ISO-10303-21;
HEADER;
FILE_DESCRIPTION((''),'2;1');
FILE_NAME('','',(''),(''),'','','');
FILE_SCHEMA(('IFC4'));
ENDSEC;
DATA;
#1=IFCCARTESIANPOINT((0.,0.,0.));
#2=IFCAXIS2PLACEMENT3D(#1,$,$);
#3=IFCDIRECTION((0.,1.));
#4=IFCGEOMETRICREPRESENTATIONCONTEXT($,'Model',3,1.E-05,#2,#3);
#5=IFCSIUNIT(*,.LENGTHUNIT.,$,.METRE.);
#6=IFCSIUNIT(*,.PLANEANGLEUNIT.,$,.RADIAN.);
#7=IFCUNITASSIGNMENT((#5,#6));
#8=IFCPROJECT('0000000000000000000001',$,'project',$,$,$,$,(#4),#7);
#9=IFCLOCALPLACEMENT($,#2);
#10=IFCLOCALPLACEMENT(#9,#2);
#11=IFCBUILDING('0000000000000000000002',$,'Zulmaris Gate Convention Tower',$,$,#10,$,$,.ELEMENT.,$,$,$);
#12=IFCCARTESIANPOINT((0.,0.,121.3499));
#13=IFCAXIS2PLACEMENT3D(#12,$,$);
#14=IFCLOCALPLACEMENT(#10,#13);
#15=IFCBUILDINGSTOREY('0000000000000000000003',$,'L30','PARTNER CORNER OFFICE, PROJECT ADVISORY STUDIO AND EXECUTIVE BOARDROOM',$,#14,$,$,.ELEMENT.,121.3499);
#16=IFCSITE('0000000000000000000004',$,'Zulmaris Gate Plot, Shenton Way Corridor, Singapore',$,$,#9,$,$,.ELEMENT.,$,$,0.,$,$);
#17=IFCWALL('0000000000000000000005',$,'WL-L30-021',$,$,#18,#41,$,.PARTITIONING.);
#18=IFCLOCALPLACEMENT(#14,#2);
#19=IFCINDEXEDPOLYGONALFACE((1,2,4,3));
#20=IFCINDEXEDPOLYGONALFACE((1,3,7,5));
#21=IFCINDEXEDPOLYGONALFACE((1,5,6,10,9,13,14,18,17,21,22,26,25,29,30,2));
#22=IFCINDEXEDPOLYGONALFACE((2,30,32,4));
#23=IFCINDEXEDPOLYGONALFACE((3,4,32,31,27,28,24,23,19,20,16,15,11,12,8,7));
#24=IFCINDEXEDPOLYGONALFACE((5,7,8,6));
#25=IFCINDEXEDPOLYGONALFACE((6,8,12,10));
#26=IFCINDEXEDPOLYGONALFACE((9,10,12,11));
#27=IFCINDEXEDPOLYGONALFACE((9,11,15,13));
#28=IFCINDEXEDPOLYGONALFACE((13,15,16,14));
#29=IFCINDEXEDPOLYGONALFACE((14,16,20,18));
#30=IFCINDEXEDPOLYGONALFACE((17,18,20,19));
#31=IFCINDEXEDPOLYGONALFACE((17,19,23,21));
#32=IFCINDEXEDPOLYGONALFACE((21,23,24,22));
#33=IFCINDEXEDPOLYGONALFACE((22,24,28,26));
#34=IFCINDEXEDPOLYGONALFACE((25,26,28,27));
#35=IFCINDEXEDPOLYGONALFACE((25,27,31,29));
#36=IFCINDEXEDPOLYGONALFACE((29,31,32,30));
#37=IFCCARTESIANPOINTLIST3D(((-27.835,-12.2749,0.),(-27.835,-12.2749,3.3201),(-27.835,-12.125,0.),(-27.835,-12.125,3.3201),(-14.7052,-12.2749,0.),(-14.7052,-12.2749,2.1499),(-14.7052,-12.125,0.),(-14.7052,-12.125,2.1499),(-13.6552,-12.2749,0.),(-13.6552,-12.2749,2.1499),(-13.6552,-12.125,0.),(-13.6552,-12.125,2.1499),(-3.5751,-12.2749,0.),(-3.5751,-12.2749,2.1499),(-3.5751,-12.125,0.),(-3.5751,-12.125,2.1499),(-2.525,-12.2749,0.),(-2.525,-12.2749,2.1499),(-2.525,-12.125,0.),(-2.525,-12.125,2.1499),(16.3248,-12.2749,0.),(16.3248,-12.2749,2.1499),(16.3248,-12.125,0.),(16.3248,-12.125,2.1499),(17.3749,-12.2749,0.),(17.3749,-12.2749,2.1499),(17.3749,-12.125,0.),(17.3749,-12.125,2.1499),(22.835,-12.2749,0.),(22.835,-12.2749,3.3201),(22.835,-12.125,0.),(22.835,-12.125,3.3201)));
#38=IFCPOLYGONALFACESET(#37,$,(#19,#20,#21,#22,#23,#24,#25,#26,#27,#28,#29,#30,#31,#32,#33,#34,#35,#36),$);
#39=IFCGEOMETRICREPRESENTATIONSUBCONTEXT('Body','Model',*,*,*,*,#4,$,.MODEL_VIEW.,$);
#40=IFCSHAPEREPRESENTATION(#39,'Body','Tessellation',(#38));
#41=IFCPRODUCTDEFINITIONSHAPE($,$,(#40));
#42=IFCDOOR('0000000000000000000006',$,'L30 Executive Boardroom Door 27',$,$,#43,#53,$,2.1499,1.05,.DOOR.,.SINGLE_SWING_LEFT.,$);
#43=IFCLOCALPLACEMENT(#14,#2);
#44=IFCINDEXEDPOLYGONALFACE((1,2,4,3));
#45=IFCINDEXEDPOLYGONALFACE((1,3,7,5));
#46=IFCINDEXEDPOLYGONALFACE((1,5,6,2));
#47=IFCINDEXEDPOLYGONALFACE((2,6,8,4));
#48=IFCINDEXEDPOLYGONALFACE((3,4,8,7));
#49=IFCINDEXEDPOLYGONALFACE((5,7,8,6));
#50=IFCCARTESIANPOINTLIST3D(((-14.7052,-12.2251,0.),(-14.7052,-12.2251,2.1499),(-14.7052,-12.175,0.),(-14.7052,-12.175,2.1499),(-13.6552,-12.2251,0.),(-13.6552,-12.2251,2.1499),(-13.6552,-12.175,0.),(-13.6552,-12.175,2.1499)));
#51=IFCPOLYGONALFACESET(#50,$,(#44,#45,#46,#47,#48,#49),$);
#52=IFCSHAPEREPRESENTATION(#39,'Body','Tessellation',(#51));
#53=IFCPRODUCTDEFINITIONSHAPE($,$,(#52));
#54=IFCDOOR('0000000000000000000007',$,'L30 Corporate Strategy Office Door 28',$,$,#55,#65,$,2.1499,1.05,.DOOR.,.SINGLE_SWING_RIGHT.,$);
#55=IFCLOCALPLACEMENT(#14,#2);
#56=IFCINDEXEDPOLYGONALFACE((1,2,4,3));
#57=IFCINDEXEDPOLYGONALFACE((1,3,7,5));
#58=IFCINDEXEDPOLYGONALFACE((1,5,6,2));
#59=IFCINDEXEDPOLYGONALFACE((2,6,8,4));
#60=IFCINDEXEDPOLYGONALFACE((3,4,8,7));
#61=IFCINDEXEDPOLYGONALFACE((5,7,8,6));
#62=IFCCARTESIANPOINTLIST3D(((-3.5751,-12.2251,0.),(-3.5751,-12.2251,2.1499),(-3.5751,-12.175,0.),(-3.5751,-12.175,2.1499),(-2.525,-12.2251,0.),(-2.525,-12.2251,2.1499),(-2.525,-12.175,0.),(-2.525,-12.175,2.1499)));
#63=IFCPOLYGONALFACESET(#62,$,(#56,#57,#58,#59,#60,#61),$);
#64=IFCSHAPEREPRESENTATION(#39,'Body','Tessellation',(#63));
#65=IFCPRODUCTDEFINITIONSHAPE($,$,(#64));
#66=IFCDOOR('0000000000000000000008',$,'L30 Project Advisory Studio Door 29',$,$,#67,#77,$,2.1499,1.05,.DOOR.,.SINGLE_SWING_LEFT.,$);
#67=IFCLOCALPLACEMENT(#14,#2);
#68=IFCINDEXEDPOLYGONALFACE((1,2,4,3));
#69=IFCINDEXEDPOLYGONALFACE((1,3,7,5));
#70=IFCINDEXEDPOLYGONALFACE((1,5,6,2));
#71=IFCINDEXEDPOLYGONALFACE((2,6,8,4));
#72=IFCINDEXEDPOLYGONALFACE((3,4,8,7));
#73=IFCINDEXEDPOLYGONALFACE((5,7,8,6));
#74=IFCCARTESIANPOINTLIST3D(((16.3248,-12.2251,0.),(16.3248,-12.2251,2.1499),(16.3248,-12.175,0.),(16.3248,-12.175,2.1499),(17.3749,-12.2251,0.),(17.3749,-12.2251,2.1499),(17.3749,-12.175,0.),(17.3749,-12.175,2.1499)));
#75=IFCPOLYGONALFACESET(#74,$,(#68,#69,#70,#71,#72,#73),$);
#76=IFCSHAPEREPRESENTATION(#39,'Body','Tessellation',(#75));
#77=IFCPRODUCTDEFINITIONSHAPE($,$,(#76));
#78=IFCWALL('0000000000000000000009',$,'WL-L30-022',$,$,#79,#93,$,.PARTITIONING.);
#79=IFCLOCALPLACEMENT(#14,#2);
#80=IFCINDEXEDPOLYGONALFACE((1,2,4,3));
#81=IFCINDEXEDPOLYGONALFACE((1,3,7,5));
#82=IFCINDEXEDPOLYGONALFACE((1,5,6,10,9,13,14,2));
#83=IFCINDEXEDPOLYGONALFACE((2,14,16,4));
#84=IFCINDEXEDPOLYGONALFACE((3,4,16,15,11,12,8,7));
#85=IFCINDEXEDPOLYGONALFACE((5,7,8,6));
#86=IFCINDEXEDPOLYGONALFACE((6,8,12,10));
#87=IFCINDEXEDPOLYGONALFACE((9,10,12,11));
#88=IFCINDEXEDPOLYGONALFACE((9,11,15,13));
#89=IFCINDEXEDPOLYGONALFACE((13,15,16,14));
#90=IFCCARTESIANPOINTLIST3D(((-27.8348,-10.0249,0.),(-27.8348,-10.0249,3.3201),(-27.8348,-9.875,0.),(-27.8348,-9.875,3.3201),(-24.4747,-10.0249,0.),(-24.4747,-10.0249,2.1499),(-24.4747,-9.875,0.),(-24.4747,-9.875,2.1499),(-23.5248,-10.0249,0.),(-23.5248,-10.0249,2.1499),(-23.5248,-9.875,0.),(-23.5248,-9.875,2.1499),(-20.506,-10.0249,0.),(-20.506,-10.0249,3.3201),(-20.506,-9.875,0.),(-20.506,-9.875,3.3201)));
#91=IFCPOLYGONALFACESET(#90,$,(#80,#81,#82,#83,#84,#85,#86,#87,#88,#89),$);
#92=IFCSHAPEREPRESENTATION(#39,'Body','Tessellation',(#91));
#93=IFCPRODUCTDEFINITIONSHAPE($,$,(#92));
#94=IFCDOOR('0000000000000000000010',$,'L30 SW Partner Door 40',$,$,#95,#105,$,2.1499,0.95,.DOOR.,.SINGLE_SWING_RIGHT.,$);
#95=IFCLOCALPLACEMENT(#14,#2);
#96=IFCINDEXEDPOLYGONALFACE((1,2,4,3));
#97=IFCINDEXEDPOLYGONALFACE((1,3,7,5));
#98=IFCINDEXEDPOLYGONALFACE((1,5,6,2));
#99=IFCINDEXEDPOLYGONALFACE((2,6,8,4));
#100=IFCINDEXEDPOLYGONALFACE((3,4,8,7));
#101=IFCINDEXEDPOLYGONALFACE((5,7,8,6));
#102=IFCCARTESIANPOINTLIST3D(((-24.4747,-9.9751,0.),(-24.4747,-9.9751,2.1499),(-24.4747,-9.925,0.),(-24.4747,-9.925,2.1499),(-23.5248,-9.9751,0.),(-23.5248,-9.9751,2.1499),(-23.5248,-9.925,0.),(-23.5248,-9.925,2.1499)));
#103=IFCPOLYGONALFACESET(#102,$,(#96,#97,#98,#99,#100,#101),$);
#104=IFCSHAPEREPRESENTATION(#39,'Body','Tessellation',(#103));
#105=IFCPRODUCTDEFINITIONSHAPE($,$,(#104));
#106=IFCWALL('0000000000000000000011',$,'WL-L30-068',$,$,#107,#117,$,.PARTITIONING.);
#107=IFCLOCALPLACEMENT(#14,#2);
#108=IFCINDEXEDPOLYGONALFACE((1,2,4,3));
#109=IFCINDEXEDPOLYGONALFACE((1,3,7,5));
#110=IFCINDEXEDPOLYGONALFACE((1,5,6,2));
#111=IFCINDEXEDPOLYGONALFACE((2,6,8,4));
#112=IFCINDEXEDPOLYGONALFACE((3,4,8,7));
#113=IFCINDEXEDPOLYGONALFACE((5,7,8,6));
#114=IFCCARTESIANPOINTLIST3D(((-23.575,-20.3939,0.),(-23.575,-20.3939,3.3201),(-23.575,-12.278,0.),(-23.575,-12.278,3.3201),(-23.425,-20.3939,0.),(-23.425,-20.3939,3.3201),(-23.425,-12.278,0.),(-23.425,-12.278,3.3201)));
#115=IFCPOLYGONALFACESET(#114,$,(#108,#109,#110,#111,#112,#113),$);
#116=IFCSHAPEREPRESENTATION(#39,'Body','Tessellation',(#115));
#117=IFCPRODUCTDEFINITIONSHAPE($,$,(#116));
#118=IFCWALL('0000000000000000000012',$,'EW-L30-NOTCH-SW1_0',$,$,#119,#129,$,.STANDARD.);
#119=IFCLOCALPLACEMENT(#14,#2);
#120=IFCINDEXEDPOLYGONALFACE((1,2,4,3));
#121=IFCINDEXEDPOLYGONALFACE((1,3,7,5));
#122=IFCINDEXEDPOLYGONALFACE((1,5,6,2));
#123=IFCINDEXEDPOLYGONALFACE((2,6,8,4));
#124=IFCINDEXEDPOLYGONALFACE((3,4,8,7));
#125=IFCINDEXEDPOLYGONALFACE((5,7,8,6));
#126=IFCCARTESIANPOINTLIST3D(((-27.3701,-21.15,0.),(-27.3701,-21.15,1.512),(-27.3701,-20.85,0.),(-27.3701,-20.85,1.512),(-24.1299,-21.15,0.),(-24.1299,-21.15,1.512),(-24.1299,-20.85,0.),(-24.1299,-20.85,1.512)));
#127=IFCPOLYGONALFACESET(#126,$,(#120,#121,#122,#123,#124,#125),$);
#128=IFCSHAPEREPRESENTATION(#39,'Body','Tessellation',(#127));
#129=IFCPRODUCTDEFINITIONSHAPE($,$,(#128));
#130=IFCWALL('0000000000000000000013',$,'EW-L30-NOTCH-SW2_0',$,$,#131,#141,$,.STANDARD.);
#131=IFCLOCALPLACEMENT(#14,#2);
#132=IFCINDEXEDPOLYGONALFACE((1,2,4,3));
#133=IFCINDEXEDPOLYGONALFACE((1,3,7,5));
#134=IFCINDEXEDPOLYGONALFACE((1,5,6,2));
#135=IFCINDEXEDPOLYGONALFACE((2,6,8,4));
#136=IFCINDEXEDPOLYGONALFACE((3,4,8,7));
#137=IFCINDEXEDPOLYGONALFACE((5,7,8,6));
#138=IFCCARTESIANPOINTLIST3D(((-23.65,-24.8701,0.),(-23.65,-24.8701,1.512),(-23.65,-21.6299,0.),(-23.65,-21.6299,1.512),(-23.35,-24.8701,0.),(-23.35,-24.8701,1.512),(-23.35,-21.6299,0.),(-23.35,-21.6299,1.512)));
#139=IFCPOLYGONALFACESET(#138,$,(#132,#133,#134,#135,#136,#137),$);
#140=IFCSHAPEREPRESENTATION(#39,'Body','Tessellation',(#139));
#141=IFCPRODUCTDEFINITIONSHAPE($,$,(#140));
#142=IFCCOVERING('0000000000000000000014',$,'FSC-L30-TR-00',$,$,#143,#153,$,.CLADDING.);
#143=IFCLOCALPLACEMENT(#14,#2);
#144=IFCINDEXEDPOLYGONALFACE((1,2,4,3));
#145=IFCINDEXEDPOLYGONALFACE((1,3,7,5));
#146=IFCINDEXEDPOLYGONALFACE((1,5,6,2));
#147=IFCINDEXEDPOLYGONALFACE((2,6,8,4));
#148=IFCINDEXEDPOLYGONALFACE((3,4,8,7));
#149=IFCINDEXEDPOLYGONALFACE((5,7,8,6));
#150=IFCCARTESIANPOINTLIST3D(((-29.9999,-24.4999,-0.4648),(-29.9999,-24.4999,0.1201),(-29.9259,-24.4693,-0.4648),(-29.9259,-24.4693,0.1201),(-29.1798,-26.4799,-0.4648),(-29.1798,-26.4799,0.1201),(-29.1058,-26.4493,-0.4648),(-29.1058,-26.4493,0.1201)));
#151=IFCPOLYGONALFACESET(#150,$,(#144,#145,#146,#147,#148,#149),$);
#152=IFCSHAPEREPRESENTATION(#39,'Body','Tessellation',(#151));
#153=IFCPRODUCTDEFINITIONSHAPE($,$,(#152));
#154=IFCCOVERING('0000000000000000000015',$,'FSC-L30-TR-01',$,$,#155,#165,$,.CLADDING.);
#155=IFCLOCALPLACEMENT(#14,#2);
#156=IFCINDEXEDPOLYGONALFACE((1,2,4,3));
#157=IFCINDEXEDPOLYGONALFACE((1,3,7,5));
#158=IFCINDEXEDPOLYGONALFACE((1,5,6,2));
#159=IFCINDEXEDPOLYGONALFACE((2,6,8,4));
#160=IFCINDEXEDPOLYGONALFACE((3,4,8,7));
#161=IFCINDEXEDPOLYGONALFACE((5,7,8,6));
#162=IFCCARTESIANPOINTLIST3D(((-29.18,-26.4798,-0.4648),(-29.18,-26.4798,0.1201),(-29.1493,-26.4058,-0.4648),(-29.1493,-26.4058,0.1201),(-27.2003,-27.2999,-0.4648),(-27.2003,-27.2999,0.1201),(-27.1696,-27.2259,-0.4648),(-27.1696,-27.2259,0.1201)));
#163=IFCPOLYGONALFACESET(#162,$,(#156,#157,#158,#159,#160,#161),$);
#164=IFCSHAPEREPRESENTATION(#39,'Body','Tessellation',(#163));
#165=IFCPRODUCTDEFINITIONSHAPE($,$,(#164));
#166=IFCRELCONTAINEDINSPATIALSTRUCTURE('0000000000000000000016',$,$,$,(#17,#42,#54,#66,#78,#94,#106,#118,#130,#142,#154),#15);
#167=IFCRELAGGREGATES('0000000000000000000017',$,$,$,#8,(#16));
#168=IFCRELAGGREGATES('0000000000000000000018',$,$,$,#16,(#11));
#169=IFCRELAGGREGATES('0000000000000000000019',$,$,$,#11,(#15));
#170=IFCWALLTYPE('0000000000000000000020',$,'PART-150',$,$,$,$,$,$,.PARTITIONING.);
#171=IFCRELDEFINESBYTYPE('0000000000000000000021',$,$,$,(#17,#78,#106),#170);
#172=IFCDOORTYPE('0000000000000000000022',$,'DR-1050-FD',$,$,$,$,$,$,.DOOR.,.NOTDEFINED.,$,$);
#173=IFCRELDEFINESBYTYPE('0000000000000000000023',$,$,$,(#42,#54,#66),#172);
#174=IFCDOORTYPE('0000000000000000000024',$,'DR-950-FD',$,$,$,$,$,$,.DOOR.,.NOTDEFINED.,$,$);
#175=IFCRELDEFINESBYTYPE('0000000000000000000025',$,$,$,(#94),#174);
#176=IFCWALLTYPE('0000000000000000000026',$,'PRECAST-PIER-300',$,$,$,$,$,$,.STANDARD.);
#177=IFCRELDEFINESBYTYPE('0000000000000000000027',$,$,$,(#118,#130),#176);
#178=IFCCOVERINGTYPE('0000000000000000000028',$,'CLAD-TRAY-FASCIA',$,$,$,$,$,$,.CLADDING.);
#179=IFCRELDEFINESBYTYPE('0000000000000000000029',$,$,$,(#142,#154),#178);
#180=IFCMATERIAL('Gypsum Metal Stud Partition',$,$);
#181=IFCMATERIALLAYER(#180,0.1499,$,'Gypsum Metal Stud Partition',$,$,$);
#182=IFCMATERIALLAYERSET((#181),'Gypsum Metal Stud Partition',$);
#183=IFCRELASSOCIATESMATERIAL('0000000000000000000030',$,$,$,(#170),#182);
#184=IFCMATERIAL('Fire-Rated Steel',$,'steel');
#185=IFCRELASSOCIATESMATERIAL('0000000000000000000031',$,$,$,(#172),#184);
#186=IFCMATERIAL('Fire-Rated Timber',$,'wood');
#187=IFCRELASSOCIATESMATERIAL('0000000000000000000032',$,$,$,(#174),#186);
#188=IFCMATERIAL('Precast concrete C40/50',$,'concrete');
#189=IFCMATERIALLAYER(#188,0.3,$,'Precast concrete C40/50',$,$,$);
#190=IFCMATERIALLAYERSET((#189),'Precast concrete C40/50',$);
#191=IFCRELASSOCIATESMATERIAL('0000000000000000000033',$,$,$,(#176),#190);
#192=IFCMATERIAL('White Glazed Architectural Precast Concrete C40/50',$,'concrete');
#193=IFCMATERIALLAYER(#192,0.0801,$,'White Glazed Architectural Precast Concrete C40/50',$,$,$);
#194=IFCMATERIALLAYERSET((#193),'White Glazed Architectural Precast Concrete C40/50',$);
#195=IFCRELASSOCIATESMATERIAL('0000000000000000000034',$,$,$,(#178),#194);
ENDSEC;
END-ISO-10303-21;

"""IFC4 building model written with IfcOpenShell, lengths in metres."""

from ifc_helpers import new_model, si_unit, direction, frame, frame_2d, origin, place, context, subcontext, project, spatial, rectangle, extrude, material, layer, layer_set, type_object, element, fill, save


model = new_model("IFC4")

# Units and contexts
model_context = context("Model", 3, precision=1e-05, world=origin(), true_north=direction((0.0, 1.0)))
body_context = subcontext(model_context, "Body", "Model", "MODEL_VIEW")
ifc_project = project(units=[si_unit("LENGTHUNIT", "METRE"), si_unit("PLANEANGLEUNIT", "RADIAN")], contexts=[model_context])

# Site, building, storey
site_placement = place(None, origin())
site = spatial("IfcSite", under=ifc_project, at=site_placement, Name="Zulmaris Gate Plot, Shenton Way Corridor, Singapore", CompositionType="ELEMENT", RefElevation=0.0)
building_placement = place(site_placement, origin())
building = spatial("IfcBuilding", under=site, at=building_placement, Name="Zulmaris Gate Convention Tower", CompositionType="ELEMENT")
storey_placement = place(building_placement, frame((0.0, 0.0, 121.3499)))
storey = spatial("IfcBuildingStorey", under=building, at=storey_placement, Name="L30", Description="PARTNER CORNER OFFICE, PROJECT ADVISORY STUDIO AND EXECUTIVE BOARDROOM", CompositionType="ELEMENT", Elevation=121.3499)

# Wall, openings, doors
ifc_material_1 = material(Name="Gypsum Metal Stud Partition")
ifc_layer_1 = layer(ifc_material_1, 0.1499, Name="Gypsum Metal Stud Partition")
ifc_layer_set_1 = layer_set([ifc_layer_1], Name="Gypsum Metal Stud Partition")
wall_type_1 = type_object("IfcWallType", Name="PART-150", PredefinedType="PARTITIONING", material=ifc_layer_set_1)
wall_1_placement = place(storey_placement, frame((-27.835, -12.2, 0.0), z_axis=(0.0, 0.0, 1.0), x_axis=(1.0, 0.0, 0.0)))
wall_1 = element("IfcWall", 1, at=wall_1_placement, inside=storey, type_object=wall_type_1, Name="WL-L30-021", PredefinedType="PARTITIONING", context=body_context, shape_type="SweptSolid", body=[
    extrude(rectangle(XDim=50.6699, YDim=0.1499, at=frame_2d((25.335, 0.0))), origin(), (0.0, 0.0, 1.0), 3.3201),
])
opening_1_placement = place(wall_1_placement, frame((13.1299, 0.0, 0.0)))
opening_1 = element("IfcOpeningElement", 2, at=opening_1_placement, cuts=wall_1, PredefinedType="OPENING", context=body_context, shape_type="SweptSolid", body=[
    extrude(rectangle(XDim=1.05, YDim=2.1499, at=frame_2d((0.5249, 1.075))), frame((0.0, 0.085, 0.0), z_axis=(0.0, -1.0, 0.0), x_axis=(1.0, 0.0, 0.0)), (0.0, 0.0, 1.0), 0.1699),
])
opening_2_placement = place(wall_1_placement, frame((24.26, 0.0, 0.0)))
opening_2 = element("IfcOpeningElement", 3, at=opening_2_placement, cuts=wall_1, PredefinedType="OPENING", context=body_context, shape_type="SweptSolid", body=[
    extrude(rectangle(XDim=1.05, YDim=2.1499, at=frame_2d((0.5249, 1.075))), frame((0.0, 0.085, 0.0), z_axis=(0.0, -1.0, 0.0), x_axis=(1.0, 0.0, 0.0)), (0.0, 0.0, 1.0), 0.1699),
])
opening_3_placement = place(wall_1_placement, frame((44.1599, 0.0, 0.0)))
opening_3 = element("IfcOpeningElement", 4, at=opening_3_placement, cuts=wall_1, PredefinedType="OPENING", context=body_context, shape_type="SweptSolid", body=[
    extrude(rectangle(XDim=1.05, YDim=2.1499, at=frame_2d((0.5249, 1.075))), frame((0.0, 0.085, 0.0), z_axis=(0.0, -1.0, 0.0), x_axis=(1.0, 0.0, 0.0)), (0.0, 0.0, 1.0), 0.1699),
])
ifc_material_2 = material(Name="Fire-Rated Steel", Category="steel")
door_type_1 = type_object("IfcDoorType", Name="DR-1050-FD", OperationType="NOTDEFINED", PredefinedType="DOOR", material=ifc_material_2)
door_1_placement = place(opening_1_placement, origin())
door_1 = element("IfcDoor", 5, at=door_1_placement, inside=storey, type_object=door_type_1, Name="L30 Executive Boardroom Door 27", OperationType="SINGLE_SWING_LEFT", OverallHeight=2.1499, OverallWidth=1.05, PredefinedType="DOOR", context=body_context, shape_type="SweptSolid", body=[
    extrude(rectangle(XDim=1.05, YDim=2.1499, at=frame_2d((0.5249, 1.075))), frame((0.0, 0.0249, 0.0), z_axis=(0.0, -1.0, 0.0), x_axis=(1.0, 0.0, 0.0)), (0.0, 0.0, 1.0), 0.05),
])
fill(opening_1, door_1)
door_2_placement = place(opening_2_placement, origin())
door_2 = element("IfcDoor", 6, at=door_2_placement, inside=storey, type_object=door_type_1, Name="L30 Corporate Strategy Office Door 28", OperationType="SINGLE_SWING_RIGHT", OverallHeight=2.1499, OverallWidth=1.05, PredefinedType="DOOR", context=body_context, shape_type="SweptSolid", body=[
    extrude(rectangle(XDim=1.05, YDim=2.1499, at=frame_2d((0.5249, 1.075))), frame((0.0, 0.0249, 0.0), z_axis=(0.0, -1.0, 0.0), x_axis=(1.0, 0.0, 0.0)), (0.0, 0.0, 1.0), 0.05),
])
fill(opening_2, door_2)
door_3_placement = place(opening_3_placement, origin())
door_3 = element("IfcDoor", 7, at=door_3_placement, inside=storey, type_object=door_type_1, Name="L30 Project Advisory Studio Door 29", OperationType="SINGLE_SWING_LEFT", OverallHeight=2.1499, OverallWidth=1.05, PredefinedType="DOOR", context=body_context, shape_type="SweptSolid", body=[
    extrude(rectangle(XDim=1.05, YDim=2.1499, at=frame_2d((0.5249, 1.075))), frame((0.0, 0.0249, 0.0), z_axis=(0.0, -1.0, 0.0), x_axis=(1.0, 0.0, 0.0)), (0.0, 0.0, 1.0), 0.05),
])
fill(opening_3, door_3)

# Wall, opening, door
wall_2_placement = place(storey_placement, frame((-27.835, -9.95, 0.0), z_axis=(0.0, 0.0, 1.0), x_axis=(1.0, 0.0, 0.0)))
wall_2 = element("IfcWall", 8, at=wall_2_placement, inside=storey, type_object=wall_type_1, Name="WL-L30-022", PredefinedType="PARTITIONING", context=body_context, shape_type="SweptSolid", body=[
    extrude(rectangle(XDim=7.3289, YDim=0.1499, at=frame_2d((3.6646, 0.0))), origin(), (0.0, 0.0, 1.0), 3.3201),
])
opening_4_placement = place(wall_2_placement, frame((3.3601, 0.0, 0.0)))
opening_4 = element("IfcOpeningElement", 9, at=opening_4_placement, cuts=wall_2, PredefinedType="OPENING", context=body_context, shape_type="SweptSolid", body=[
    extrude(rectangle(XDim=0.95, YDim=2.1499, at=frame_2d((0.4751, 1.075))), frame((0.0, 0.085, 0.0), z_axis=(0.0, -1.0, 0.0), x_axis=(1.0, 0.0, 0.0)), (0.0, 0.0, 1.0), 0.1699),
])
ifc_material_3 = material(Name="Fire-Rated Timber", Category="wood")
door_type_2 = type_object("IfcDoorType", Name="DR-950-FD", OperationType="NOTDEFINED", PredefinedType="DOOR", material=ifc_material_3)
door_4_placement = place(opening_4_placement, origin())
door_4 = element("IfcDoor", 10, at=door_4_placement, inside=storey, type_object=door_type_2, Name="L30 SW Partner Door 40", OperationType="SINGLE_SWING_RIGHT", OverallHeight=2.1499, OverallWidth=0.95, PredefinedType="DOOR", context=body_context, shape_type="SweptSolid", body=[
    extrude(rectangle(XDim=0.95, YDim=2.1499, at=frame_2d((0.4751, 1.075))), frame((0.0, 0.0249, 0.0), z_axis=(0.0, -1.0, 0.0), x_axis=(1.0, 0.0, 0.0)), (0.0, 0.0, 1.0), 0.05),
])
fill(opening_4, door_4)

# Wall
wall_3_placement = place(storey_placement, frame((-23.5, -20.394, 0.0), z_axis=(0.0, 0.0, 1.0), x_axis=(0.0, 1.0, 0.0)))
element("IfcWall", 11, at=wall_3_placement, inside=storey, type_object=wall_type_1, Name="WL-L30-068", PredefinedType="PARTITIONING", context=body_context, shape_type="SweptSolid", body=[
    extrude(rectangle(XDim=8.116, YDim=0.1499, at=frame_2d((4.0581, 0.0))), origin(), (0.0, 0.0, 1.0), 3.3201),
])

# Walls
ifc_material_4 = material(Name="Precast concrete C40/50", Category="concrete")
ifc_layer_2 = layer(ifc_material_4, 0.3, Name="Precast concrete C40/50")
ifc_layer_set_2 = layer_set([ifc_layer_2], Name="Precast concrete C40/50")
wall_type_2 = type_object("IfcWallType", Name="PRECAST-PIER-300", PredefinedType="STANDARD", material=ifc_layer_set_2)
for number, where, z_axis, x_axis, name in (
    (12, (-27.3701, -21.0, 0.0), (0.0, 0.0, 1.0), (1.0, 0.0, 0.0), "EW-L30-NOTCH-SW1_0"),
    (13, (-23.5, -21.6299, 0.0), (0.0, 0.0, 1.0), (0.0, -1.0, 0.0), "EW-L30-NOTCH-SW2_0"),
):
    element("IfcWall", number, at=place(storey_placement, frame(where, z_axis=z_axis, x_axis=x_axis)), inside=storey, type_object=wall_type_2, Name=name, PredefinedType="STANDARD", context=body_context, shape_type="SweptSolid", body=[
        extrude(rectangle(XDim=3.2402, YDim=0.3, at=frame_2d((1.6201, 0.0))), origin(), (0.0, 0.0, 1.0), 1.512),
    ])

# Coverings
ifc_material_5 = material(Name="White Glazed Architectural Precast Concrete C40/50", Category="concrete")
ifc_layer_3 = layer(ifc_material_5, 0.0801, Name="White Glazed Architectural Precast Concrete C40/50")
ifc_layer_set_3 = layer_set([ifc_layer_3], Name="White Glazed Architectural Precast Concrete C40/50")
covering_type = type_object("IfcCoveringType", Name="CLAD-TRAY-FASCIA", PredefinedType="CLADDING", material=ifc_layer_set_3)
covering_1_placement = place(storey_placement, frame((-29.9629, -24.4846, -0.4648), z_axis=(0.0, 0.0, 1.0), x_axis=(0.382657, -0.92389, 0.0)))
element("IfcCovering", 14, at=covering_1_placement, inside=storey, type_object=covering_type, Name="FSC-L30-TR-00", PredefinedType="CLADDING", context=body_context, shape_type="SweptSolid", body=[
    extrude(rectangle(XDim=2.1431, YDim=0.0801, at=frame_2d((1.0715, 0.0))), origin(), (0.0, 0.0, 1.0), 0.585),
])
covering_2_placement = place(storey_placement, frame((-29.1646, -26.4429, -0.4648), z_axis=(0.0, 0.0, 1.0), x_axis=(0.923874, -0.382697, 0.0)))
element("IfcCovering", 15, at=covering_2_placement, inside=storey, type_object=covering_type, Name="FSC-L30-TR-01", PredefinedType="CLADDING", context=body_context, shape_type="SweptSolid", body=[
    extrude(rectangle(XDim=2.1428, YDim=0.0801, at=frame_2d((1.0713, 0.0))), origin(), (0.0, 0.0, 1.0), 0.585),
])

save(model, "model.ifc")
